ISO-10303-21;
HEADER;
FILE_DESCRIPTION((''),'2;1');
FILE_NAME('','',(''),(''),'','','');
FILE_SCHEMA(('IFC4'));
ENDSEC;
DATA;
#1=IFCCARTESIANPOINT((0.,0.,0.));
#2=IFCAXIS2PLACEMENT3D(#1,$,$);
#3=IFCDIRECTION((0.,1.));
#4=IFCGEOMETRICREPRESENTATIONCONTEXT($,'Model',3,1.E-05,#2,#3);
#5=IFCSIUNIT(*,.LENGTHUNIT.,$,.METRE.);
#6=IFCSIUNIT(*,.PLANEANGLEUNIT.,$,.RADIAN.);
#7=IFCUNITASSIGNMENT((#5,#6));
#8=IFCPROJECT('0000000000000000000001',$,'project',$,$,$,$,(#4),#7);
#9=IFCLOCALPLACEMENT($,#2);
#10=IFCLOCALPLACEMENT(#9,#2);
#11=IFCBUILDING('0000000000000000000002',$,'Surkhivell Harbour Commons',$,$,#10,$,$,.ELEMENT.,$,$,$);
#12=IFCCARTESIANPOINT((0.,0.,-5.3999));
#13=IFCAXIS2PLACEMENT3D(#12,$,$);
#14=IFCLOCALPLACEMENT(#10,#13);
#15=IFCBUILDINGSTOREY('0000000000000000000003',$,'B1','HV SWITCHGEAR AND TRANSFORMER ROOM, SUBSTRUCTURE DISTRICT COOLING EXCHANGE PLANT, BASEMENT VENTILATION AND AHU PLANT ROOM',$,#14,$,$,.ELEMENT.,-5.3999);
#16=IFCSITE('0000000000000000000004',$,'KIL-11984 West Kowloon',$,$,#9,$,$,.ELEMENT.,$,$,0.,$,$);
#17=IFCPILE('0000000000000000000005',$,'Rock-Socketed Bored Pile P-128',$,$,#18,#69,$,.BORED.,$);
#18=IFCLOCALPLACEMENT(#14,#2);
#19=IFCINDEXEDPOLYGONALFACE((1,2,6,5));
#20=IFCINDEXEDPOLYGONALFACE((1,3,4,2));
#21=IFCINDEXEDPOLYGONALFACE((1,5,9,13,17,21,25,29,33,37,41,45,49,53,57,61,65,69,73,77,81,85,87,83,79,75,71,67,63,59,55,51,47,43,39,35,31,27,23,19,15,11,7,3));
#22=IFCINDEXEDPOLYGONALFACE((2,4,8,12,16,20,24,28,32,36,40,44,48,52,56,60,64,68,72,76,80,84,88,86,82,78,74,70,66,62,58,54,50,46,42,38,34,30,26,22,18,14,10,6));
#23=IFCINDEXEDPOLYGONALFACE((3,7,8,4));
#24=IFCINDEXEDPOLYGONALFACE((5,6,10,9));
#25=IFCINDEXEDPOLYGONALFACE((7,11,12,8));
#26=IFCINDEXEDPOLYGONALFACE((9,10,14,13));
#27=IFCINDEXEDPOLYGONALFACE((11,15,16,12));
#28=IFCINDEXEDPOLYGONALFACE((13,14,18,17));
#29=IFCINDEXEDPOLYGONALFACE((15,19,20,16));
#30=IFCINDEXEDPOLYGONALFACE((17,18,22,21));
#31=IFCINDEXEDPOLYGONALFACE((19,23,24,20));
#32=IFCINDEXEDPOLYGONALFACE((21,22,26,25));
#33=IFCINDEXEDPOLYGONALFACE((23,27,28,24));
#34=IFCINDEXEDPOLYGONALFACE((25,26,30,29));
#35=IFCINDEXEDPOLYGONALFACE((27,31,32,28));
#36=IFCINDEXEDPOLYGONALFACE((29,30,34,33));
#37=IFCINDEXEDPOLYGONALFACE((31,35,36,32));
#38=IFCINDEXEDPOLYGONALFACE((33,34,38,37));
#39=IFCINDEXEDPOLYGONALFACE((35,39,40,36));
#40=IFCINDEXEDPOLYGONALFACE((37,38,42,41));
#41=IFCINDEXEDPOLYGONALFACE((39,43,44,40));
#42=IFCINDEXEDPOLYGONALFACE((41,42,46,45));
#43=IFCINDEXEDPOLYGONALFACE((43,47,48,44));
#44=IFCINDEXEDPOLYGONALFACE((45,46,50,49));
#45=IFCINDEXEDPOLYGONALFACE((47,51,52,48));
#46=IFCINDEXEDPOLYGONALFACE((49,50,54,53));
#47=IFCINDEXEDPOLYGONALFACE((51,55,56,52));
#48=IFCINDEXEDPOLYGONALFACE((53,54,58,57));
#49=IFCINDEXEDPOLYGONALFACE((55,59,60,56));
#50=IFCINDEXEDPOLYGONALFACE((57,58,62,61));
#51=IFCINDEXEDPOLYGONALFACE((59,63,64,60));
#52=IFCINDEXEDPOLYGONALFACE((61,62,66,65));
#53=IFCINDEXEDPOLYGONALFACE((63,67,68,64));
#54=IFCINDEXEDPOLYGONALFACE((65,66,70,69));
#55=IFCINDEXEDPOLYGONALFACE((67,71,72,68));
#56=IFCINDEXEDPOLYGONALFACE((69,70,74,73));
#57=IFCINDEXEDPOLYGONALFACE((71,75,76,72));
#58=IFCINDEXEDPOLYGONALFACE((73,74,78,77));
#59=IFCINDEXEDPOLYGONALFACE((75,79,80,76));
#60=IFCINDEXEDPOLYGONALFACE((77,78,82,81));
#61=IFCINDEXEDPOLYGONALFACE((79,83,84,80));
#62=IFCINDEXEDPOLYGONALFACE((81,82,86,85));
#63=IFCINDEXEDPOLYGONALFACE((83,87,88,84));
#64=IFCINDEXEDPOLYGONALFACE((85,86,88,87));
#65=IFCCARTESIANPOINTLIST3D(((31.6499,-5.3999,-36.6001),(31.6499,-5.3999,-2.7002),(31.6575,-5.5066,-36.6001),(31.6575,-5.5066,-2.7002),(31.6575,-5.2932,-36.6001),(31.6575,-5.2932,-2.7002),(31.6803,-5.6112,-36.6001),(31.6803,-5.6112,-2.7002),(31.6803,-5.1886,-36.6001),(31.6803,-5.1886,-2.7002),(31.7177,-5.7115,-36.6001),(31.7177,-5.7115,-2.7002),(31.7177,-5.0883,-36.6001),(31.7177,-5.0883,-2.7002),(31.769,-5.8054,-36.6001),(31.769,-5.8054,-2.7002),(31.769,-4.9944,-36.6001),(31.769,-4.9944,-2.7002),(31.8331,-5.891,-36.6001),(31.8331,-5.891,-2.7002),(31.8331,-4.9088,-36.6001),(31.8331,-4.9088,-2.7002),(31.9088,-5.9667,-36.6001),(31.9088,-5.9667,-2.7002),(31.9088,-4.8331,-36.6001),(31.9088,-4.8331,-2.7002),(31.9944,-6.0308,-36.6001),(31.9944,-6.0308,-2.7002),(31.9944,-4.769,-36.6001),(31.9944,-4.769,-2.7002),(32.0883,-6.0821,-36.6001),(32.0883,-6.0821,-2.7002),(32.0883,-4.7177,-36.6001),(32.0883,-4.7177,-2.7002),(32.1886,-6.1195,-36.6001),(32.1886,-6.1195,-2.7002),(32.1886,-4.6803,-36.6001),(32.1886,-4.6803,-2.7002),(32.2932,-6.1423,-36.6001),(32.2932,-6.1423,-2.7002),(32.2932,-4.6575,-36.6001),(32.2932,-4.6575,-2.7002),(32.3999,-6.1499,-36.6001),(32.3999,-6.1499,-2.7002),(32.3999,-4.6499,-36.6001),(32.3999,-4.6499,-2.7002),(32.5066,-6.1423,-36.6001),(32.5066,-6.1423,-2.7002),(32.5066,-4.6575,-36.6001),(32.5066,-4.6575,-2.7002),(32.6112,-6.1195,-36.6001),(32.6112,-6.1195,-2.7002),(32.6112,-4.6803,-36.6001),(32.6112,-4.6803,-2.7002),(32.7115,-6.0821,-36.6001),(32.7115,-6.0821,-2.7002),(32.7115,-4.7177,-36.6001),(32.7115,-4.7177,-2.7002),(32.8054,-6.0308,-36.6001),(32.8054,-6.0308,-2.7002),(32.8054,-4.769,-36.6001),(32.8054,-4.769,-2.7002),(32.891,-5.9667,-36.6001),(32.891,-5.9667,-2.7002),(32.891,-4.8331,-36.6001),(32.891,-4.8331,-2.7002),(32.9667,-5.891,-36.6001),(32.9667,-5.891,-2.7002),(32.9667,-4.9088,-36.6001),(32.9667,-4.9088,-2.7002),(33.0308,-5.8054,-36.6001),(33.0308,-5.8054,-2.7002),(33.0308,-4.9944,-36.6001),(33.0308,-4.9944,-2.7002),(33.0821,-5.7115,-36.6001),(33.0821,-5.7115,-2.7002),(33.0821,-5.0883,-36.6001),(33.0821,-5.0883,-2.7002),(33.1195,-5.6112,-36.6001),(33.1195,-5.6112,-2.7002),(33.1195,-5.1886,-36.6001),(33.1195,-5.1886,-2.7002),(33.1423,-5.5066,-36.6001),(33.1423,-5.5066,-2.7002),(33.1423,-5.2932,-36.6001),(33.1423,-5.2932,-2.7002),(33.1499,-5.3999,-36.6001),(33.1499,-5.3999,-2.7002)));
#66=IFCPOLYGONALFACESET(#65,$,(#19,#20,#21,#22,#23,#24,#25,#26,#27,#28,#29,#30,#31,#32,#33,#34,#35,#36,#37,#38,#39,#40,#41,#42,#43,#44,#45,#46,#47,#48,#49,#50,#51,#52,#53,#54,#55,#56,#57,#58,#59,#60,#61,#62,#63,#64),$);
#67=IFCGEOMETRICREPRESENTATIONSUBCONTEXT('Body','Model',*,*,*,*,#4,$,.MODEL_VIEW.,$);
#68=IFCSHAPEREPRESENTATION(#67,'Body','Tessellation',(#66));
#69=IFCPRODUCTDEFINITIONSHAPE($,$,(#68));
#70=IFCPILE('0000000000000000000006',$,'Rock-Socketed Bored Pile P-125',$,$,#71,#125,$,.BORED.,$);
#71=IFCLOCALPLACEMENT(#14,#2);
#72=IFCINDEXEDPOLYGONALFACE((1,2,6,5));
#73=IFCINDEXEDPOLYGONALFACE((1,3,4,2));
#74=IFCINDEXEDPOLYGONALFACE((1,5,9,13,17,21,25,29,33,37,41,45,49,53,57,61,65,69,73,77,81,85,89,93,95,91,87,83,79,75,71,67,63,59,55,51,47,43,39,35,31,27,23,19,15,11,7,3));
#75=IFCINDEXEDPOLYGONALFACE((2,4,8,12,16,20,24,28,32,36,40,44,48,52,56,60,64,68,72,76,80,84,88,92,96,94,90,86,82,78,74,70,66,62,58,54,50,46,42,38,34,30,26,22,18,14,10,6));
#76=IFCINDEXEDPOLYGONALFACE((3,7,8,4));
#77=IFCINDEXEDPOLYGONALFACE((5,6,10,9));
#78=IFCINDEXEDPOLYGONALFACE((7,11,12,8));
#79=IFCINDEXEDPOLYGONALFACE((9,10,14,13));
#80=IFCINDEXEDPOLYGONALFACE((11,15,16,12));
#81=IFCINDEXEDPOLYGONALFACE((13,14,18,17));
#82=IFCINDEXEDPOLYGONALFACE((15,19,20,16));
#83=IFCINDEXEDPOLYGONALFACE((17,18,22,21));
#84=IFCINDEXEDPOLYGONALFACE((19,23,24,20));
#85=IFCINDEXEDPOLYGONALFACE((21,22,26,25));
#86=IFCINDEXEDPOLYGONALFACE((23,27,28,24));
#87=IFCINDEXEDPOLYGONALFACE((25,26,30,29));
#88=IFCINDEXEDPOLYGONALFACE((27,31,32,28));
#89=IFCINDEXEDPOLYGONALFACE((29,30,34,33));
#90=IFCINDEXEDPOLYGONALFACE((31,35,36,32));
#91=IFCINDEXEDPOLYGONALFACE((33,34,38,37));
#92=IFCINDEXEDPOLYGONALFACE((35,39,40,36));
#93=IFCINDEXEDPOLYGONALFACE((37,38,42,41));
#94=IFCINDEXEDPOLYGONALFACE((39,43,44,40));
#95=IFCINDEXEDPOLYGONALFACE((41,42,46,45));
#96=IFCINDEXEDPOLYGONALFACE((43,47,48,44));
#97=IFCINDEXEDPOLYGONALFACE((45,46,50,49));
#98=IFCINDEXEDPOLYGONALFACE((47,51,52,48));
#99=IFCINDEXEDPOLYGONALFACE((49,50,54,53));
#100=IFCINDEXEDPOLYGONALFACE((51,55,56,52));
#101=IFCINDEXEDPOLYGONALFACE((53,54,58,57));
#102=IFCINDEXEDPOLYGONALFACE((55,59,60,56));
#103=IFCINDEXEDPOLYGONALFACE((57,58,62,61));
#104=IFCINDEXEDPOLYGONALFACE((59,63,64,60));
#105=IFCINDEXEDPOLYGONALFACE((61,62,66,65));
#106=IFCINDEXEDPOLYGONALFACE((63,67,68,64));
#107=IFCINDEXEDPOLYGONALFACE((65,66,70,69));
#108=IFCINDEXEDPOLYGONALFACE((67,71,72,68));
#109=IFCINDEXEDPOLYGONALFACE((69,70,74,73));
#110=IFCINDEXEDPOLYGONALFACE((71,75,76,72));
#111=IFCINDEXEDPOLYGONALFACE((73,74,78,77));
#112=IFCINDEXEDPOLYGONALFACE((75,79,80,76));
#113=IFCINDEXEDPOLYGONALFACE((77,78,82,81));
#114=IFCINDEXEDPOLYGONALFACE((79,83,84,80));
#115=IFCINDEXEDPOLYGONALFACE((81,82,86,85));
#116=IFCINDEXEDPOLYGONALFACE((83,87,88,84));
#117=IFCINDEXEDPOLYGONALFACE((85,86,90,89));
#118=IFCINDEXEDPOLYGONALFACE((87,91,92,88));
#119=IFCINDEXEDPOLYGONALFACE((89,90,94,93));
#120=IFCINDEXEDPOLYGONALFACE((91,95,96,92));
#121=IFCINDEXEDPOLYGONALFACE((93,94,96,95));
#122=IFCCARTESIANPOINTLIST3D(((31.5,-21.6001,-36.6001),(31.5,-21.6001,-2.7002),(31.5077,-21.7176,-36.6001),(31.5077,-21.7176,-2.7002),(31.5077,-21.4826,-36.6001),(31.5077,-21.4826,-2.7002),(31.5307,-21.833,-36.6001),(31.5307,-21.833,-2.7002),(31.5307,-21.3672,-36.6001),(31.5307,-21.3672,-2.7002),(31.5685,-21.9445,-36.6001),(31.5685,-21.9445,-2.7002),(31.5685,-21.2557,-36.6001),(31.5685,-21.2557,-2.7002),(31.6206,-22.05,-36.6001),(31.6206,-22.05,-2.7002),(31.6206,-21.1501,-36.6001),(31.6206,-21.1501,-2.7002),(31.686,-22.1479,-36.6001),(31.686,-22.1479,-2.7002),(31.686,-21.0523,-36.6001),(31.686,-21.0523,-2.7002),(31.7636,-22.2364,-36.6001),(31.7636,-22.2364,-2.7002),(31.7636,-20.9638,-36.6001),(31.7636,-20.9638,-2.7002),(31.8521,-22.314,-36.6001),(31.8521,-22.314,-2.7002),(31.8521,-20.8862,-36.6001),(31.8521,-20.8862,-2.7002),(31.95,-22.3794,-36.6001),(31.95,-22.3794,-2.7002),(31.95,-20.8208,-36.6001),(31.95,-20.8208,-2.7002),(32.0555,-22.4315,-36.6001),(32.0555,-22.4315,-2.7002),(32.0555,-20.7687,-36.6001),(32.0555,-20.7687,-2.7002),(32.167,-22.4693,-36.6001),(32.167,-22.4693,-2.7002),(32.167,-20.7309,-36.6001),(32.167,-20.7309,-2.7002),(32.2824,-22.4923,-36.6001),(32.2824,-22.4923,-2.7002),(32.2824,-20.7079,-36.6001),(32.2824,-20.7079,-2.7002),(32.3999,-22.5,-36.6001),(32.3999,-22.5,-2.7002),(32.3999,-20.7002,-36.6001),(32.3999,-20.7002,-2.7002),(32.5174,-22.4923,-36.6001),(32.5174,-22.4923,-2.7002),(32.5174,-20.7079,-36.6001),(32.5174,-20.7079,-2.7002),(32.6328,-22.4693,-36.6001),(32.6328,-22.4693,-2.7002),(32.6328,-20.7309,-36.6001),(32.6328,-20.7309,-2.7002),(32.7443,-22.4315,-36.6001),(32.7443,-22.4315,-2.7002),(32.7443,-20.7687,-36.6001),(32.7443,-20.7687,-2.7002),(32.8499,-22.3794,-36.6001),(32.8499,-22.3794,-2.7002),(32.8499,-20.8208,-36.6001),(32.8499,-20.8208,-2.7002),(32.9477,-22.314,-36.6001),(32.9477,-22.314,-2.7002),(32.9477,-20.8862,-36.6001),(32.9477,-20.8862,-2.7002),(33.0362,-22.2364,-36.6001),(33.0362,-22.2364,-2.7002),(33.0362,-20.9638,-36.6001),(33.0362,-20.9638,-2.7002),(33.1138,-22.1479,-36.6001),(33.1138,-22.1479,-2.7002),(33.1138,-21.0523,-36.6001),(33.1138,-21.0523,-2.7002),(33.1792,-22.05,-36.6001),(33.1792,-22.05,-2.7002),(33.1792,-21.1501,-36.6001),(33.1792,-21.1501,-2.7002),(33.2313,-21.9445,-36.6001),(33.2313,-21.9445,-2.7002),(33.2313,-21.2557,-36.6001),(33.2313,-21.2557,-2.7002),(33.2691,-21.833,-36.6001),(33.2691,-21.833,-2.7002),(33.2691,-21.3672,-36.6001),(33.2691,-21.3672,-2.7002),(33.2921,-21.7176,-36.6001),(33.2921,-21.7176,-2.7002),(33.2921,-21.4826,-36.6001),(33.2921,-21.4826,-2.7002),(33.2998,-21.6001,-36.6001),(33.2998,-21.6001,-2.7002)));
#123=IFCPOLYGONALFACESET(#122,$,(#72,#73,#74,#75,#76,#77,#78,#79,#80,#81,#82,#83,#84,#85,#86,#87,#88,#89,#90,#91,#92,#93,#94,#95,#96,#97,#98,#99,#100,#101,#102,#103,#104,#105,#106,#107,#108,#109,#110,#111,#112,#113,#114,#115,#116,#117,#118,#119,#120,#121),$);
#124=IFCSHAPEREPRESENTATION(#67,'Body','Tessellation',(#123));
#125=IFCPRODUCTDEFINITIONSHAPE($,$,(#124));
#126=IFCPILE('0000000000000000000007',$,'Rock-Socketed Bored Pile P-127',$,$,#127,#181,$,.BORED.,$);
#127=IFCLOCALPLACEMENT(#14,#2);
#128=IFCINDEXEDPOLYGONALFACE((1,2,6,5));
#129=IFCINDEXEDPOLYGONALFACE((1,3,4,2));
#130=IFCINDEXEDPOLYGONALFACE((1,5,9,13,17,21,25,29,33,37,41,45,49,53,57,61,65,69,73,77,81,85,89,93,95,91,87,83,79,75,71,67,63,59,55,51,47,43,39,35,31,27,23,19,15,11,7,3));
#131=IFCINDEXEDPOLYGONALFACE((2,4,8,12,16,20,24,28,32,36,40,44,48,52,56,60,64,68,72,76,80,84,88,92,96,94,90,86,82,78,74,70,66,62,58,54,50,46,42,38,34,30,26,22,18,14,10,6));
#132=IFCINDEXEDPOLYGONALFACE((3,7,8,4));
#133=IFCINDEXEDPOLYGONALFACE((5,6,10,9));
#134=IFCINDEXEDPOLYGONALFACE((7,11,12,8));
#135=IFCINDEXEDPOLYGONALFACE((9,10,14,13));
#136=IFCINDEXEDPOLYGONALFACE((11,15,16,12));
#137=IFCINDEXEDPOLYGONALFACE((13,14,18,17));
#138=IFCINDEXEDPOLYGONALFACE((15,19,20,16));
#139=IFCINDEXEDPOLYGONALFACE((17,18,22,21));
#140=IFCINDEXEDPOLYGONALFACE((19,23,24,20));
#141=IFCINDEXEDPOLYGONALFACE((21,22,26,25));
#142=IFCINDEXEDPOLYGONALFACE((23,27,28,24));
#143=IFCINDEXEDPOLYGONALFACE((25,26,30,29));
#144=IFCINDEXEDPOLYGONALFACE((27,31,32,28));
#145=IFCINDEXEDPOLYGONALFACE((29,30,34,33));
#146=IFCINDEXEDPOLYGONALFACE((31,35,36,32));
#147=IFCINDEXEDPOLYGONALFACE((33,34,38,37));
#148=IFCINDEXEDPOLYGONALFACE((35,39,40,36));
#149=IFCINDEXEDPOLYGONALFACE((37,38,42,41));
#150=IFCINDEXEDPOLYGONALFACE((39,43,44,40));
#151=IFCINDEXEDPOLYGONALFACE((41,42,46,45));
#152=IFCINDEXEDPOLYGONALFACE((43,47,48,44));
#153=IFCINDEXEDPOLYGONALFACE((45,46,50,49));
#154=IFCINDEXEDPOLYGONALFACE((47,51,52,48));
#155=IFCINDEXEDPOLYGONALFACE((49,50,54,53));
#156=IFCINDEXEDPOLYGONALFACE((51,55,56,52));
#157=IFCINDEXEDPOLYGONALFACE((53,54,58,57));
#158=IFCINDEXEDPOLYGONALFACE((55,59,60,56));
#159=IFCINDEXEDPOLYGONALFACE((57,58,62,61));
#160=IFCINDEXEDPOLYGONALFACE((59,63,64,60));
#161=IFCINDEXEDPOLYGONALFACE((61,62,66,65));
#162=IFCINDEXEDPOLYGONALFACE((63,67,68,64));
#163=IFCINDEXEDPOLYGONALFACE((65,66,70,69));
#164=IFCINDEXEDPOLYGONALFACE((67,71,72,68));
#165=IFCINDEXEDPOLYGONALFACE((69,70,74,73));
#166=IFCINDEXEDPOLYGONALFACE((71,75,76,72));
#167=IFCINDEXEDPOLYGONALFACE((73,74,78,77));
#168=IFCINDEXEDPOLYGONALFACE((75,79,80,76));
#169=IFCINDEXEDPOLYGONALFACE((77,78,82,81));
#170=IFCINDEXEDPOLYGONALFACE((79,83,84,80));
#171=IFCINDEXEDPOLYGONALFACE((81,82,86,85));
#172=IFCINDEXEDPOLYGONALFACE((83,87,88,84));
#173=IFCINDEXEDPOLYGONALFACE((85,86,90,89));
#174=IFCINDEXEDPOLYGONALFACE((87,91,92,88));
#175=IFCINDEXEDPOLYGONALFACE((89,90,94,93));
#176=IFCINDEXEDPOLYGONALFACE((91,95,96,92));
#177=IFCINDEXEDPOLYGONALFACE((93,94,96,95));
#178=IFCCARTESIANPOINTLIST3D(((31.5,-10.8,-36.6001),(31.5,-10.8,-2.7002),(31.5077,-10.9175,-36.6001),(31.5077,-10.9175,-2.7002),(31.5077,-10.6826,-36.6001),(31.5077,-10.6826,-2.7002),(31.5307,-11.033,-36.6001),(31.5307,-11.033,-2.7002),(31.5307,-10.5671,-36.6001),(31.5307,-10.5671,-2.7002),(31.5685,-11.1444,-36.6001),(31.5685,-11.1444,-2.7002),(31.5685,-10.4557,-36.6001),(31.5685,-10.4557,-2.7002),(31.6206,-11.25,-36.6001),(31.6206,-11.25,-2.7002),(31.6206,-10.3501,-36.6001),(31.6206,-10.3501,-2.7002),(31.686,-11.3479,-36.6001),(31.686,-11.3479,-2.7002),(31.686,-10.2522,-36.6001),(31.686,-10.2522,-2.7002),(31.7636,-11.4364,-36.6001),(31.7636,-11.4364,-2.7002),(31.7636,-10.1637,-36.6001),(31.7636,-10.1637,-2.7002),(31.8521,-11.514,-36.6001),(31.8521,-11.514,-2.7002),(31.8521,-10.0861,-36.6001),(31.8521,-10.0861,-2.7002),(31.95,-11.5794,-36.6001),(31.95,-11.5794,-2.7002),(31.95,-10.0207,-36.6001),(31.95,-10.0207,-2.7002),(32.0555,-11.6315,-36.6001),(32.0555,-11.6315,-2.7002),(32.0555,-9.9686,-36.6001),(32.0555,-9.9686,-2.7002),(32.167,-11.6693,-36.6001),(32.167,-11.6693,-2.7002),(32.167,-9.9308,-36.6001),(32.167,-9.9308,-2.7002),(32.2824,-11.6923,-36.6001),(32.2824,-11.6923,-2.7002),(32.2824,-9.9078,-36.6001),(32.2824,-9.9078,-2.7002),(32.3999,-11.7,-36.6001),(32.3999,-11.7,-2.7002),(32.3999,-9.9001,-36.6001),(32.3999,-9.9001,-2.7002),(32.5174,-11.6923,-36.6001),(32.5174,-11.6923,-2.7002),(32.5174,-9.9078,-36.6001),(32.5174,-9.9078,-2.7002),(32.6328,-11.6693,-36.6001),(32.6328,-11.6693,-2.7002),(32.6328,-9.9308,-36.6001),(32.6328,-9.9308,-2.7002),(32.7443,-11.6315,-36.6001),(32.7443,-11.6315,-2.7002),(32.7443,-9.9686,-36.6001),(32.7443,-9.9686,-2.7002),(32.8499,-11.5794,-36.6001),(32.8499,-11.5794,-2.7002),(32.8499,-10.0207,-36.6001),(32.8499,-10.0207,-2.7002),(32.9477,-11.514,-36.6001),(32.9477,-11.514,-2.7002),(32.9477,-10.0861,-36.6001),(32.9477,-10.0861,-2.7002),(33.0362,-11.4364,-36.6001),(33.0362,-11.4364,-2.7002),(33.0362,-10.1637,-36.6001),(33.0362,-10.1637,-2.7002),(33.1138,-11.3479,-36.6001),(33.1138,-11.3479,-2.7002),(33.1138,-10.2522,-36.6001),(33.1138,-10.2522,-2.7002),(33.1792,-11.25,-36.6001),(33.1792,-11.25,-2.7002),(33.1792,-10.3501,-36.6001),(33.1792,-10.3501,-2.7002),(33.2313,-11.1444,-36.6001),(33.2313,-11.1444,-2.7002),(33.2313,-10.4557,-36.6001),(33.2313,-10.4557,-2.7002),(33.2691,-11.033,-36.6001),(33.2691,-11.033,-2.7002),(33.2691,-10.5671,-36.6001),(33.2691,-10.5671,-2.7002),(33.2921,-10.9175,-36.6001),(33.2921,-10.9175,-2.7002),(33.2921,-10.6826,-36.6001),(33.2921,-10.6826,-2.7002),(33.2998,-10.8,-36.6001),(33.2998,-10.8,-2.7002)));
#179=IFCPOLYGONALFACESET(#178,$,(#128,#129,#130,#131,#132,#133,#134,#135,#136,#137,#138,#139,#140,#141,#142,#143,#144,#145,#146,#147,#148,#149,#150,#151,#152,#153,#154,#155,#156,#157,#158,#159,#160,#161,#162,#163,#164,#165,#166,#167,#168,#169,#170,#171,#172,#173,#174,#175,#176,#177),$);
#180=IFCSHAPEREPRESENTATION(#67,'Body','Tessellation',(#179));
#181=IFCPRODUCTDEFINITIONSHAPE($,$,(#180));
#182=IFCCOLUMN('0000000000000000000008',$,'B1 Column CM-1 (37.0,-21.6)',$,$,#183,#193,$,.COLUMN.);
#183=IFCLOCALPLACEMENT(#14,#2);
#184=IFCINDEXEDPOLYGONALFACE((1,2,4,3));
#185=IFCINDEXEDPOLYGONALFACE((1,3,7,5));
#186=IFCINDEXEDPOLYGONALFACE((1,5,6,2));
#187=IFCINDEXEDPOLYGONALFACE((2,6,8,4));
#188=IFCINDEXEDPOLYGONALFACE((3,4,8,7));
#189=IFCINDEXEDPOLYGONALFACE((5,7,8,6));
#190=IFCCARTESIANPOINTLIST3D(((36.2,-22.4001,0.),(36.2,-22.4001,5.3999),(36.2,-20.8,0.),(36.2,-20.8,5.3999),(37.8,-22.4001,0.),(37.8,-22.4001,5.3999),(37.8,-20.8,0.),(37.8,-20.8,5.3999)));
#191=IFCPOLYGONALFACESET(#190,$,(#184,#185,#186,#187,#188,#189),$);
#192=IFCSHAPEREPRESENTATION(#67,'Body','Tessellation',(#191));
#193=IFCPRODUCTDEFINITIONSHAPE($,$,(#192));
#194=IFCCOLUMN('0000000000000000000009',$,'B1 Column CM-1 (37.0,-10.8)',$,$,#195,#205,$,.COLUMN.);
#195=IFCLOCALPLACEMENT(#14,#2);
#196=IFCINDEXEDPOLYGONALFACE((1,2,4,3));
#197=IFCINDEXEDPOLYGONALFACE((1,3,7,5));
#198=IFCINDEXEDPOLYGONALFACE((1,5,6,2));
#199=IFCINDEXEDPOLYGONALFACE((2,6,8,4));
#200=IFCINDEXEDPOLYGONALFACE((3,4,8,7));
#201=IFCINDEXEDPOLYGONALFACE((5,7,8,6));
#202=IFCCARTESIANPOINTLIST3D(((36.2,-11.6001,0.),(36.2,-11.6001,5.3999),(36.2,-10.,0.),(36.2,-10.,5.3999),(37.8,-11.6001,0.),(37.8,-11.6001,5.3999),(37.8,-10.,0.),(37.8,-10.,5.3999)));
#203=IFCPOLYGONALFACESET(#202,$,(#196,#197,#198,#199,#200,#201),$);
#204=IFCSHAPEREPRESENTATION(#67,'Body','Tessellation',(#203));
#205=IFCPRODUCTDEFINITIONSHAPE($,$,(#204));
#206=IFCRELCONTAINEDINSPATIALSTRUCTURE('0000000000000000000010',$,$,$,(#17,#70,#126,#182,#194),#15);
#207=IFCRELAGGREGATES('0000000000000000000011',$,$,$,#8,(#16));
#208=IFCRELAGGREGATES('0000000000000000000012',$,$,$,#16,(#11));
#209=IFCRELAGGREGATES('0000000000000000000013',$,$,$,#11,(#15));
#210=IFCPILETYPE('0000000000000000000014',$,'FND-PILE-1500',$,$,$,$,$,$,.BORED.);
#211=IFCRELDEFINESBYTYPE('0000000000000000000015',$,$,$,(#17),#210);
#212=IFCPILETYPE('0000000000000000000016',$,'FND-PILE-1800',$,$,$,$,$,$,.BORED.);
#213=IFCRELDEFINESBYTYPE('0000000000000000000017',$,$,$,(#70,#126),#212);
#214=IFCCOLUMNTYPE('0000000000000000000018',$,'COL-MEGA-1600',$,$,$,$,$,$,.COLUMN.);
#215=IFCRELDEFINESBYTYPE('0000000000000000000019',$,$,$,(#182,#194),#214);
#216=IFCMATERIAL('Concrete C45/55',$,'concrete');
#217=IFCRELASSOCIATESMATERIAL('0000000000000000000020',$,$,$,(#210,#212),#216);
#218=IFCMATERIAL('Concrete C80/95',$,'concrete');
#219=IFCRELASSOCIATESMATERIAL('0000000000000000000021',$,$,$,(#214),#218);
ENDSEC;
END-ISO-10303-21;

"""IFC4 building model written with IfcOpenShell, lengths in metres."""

from ifc_helpers import new_model, si_unit, direction, frame, origin, origin_2d, place, context, subcontext, project, spatial, rectangle, circle, extrude, material, material_profile, profile_set, type_object, element, save


model = new_model("IFC4")

# Units and contexts
model_context = context("Model", 3, precision=1e-05, world=origin(), true_north=direction((0.0, 1.0)))
body_context = subcontext(model_context, "Body", "Model", "MODEL_VIEW")
ifc_project = project(units=[si_unit("LENGTHUNIT", "METRE"), si_unit("PLANEANGLEUNIT", "RADIAN")], contexts=[model_context])

# Site, building, storey
site_placement = place(None, origin())
site = spatial("IfcSite", under=ifc_project, at=site_placement, Name="KIL-11984 West Kowloon", CompositionType="ELEMENT", RefElevation=0.0)
building_placement = place(site_placement, origin())
building = spatial("IfcBuilding", under=site, at=building_placement, Name="Surkhivell Harbour Commons", CompositionType="ELEMENT")
storey_placement = place(building_placement, frame((0.0, 0.0, -5.3999)))
storey = spatial("IfcBuildingStorey", under=building, at=storey_placement, Name="B1", Description="HV SWITCHGEAR AND TRANSFORMER ROOM, SUBSTRUCTURE DISTRICT COOLING EXCHANGE PLANT, BASEMENT VENTILATION AND AHU PLANT ROOM", CompositionType="ELEMENT", Elevation=-5.3999)

# Piles
ifc_material_1 = material(Name="Concrete C45/55", Category="concrete")
ifc_material_profile_1 = material_profile(ifc_material_1, circle(Radius=0.75, at=origin_2d()), Name="PILE-1500")
ifc_profile_set_1 = profile_set([ifc_material_profile_1], Name="Concrete C45/55")
pile_type_1 = type_object("IfcPileType", Name="FND-PILE-1500", PredefinedType="BORED", material=ifc_profile_set_1)
for number, where, z_axis, x_axis, name in (
    (1, (32.3999, -5.3999, -2.7002), (0.0, 0.0, -1.0), (1.0, 0.0, 0.0), "Rock-Socketed Bored Pile P-128"),
):
    element("IfcPile", number, at=place(storey_placement, frame(where, z_axis=z_axis, x_axis=x_axis)), inside=storey, type_object=pile_type_1, Name=name, PredefinedType="BORED", context=body_context, shape_type="SweptSolid", body=[
        extrude(circle(Radius=0.75, at=origin_2d()), origin(), (0.0, 0.0, 1.0), 33.8999),
    ])
ifc_material_profile_2 = material_profile(ifc_material_1, circle(Radius=0.8999, at=origin_2d()), Name="PILE-1800")
ifc_profile_set_2 = profile_set([ifc_material_profile_2], Name="Concrete C45/55")
pile_type_2 = type_object("IfcPileType", Name="FND-PILE-1800", PredefinedType="BORED", material=ifc_profile_set_2)
for number, where, z_axis, x_axis, name in (
    (2, (32.3999, -21.6001, -2.7002), (0.0, 0.0, -1.0), (1.0, 0.0, 0.0), "Rock-Socketed Bored Pile P-125"),
    (3, (32.3999, -10.8, -2.7002), (0.0, 0.0, -1.0), (1.0, 0.0, 0.0), "Rock-Socketed Bored Pile P-127"),
):
    element("IfcPile", number, at=place(storey_placement, frame(where, z_axis=z_axis, x_axis=x_axis)), inside=storey, type_object=pile_type_2, Name=name, PredefinedType="BORED", context=body_context, shape_type="SweptSolid", body=[
        extrude(circle(Radius=0.8999, at=origin_2d()), origin(), (0.0, 0.0, 1.0), 33.8999),
    ])

# Columns
ifc_material_2 = material(Name="Concrete C80/95", Category="concrete")
ifc_material_profile_3 = material_profile(ifc_material_2, rectangle(XDim=1.6001, YDim=1.6001, at=origin_2d()), Name="RC-COL-1600x1600")
ifc_profile_set_3 = profile_set([ifc_material_profile_3], Name="Concrete C80/95")
column_type_1 = type_object("IfcColumnType", Name="COL-MEGA-1600", PredefinedType="COLUMN", material=ifc_profile_set_3)
for number, where, z_axis, x_axis, name in (
    (4, (37.0, -21.6001, 0.0), (0.0, 0.0, 1.0), (1.0, 0.0, 0.0), "B1 Column CM-1 (37.0,-21.6)"),
    (5, (37.0, -10.8, 0.0), (0.0, 0.0, 1.0), (1.0, 0.0, 0.0), "B1 Column CM-1 (37.0,-10.8)"),
):
    element("IfcColumn", number, at=place(storey_placement, frame(where, z_axis=z_axis, x_axis=x_axis)), inside=storey, type_object=column_type_1, Name=name, PredefinedType="COLUMN", context=body_context, shape_type="SweptSolid", body=[
        extrude(rectangle(XDim=1.6001, YDim=1.6001, at=origin_2d()), origin(), (0.0, 0.0, 1.0), 5.3999),
    ])

save(model, "model.ifc")
